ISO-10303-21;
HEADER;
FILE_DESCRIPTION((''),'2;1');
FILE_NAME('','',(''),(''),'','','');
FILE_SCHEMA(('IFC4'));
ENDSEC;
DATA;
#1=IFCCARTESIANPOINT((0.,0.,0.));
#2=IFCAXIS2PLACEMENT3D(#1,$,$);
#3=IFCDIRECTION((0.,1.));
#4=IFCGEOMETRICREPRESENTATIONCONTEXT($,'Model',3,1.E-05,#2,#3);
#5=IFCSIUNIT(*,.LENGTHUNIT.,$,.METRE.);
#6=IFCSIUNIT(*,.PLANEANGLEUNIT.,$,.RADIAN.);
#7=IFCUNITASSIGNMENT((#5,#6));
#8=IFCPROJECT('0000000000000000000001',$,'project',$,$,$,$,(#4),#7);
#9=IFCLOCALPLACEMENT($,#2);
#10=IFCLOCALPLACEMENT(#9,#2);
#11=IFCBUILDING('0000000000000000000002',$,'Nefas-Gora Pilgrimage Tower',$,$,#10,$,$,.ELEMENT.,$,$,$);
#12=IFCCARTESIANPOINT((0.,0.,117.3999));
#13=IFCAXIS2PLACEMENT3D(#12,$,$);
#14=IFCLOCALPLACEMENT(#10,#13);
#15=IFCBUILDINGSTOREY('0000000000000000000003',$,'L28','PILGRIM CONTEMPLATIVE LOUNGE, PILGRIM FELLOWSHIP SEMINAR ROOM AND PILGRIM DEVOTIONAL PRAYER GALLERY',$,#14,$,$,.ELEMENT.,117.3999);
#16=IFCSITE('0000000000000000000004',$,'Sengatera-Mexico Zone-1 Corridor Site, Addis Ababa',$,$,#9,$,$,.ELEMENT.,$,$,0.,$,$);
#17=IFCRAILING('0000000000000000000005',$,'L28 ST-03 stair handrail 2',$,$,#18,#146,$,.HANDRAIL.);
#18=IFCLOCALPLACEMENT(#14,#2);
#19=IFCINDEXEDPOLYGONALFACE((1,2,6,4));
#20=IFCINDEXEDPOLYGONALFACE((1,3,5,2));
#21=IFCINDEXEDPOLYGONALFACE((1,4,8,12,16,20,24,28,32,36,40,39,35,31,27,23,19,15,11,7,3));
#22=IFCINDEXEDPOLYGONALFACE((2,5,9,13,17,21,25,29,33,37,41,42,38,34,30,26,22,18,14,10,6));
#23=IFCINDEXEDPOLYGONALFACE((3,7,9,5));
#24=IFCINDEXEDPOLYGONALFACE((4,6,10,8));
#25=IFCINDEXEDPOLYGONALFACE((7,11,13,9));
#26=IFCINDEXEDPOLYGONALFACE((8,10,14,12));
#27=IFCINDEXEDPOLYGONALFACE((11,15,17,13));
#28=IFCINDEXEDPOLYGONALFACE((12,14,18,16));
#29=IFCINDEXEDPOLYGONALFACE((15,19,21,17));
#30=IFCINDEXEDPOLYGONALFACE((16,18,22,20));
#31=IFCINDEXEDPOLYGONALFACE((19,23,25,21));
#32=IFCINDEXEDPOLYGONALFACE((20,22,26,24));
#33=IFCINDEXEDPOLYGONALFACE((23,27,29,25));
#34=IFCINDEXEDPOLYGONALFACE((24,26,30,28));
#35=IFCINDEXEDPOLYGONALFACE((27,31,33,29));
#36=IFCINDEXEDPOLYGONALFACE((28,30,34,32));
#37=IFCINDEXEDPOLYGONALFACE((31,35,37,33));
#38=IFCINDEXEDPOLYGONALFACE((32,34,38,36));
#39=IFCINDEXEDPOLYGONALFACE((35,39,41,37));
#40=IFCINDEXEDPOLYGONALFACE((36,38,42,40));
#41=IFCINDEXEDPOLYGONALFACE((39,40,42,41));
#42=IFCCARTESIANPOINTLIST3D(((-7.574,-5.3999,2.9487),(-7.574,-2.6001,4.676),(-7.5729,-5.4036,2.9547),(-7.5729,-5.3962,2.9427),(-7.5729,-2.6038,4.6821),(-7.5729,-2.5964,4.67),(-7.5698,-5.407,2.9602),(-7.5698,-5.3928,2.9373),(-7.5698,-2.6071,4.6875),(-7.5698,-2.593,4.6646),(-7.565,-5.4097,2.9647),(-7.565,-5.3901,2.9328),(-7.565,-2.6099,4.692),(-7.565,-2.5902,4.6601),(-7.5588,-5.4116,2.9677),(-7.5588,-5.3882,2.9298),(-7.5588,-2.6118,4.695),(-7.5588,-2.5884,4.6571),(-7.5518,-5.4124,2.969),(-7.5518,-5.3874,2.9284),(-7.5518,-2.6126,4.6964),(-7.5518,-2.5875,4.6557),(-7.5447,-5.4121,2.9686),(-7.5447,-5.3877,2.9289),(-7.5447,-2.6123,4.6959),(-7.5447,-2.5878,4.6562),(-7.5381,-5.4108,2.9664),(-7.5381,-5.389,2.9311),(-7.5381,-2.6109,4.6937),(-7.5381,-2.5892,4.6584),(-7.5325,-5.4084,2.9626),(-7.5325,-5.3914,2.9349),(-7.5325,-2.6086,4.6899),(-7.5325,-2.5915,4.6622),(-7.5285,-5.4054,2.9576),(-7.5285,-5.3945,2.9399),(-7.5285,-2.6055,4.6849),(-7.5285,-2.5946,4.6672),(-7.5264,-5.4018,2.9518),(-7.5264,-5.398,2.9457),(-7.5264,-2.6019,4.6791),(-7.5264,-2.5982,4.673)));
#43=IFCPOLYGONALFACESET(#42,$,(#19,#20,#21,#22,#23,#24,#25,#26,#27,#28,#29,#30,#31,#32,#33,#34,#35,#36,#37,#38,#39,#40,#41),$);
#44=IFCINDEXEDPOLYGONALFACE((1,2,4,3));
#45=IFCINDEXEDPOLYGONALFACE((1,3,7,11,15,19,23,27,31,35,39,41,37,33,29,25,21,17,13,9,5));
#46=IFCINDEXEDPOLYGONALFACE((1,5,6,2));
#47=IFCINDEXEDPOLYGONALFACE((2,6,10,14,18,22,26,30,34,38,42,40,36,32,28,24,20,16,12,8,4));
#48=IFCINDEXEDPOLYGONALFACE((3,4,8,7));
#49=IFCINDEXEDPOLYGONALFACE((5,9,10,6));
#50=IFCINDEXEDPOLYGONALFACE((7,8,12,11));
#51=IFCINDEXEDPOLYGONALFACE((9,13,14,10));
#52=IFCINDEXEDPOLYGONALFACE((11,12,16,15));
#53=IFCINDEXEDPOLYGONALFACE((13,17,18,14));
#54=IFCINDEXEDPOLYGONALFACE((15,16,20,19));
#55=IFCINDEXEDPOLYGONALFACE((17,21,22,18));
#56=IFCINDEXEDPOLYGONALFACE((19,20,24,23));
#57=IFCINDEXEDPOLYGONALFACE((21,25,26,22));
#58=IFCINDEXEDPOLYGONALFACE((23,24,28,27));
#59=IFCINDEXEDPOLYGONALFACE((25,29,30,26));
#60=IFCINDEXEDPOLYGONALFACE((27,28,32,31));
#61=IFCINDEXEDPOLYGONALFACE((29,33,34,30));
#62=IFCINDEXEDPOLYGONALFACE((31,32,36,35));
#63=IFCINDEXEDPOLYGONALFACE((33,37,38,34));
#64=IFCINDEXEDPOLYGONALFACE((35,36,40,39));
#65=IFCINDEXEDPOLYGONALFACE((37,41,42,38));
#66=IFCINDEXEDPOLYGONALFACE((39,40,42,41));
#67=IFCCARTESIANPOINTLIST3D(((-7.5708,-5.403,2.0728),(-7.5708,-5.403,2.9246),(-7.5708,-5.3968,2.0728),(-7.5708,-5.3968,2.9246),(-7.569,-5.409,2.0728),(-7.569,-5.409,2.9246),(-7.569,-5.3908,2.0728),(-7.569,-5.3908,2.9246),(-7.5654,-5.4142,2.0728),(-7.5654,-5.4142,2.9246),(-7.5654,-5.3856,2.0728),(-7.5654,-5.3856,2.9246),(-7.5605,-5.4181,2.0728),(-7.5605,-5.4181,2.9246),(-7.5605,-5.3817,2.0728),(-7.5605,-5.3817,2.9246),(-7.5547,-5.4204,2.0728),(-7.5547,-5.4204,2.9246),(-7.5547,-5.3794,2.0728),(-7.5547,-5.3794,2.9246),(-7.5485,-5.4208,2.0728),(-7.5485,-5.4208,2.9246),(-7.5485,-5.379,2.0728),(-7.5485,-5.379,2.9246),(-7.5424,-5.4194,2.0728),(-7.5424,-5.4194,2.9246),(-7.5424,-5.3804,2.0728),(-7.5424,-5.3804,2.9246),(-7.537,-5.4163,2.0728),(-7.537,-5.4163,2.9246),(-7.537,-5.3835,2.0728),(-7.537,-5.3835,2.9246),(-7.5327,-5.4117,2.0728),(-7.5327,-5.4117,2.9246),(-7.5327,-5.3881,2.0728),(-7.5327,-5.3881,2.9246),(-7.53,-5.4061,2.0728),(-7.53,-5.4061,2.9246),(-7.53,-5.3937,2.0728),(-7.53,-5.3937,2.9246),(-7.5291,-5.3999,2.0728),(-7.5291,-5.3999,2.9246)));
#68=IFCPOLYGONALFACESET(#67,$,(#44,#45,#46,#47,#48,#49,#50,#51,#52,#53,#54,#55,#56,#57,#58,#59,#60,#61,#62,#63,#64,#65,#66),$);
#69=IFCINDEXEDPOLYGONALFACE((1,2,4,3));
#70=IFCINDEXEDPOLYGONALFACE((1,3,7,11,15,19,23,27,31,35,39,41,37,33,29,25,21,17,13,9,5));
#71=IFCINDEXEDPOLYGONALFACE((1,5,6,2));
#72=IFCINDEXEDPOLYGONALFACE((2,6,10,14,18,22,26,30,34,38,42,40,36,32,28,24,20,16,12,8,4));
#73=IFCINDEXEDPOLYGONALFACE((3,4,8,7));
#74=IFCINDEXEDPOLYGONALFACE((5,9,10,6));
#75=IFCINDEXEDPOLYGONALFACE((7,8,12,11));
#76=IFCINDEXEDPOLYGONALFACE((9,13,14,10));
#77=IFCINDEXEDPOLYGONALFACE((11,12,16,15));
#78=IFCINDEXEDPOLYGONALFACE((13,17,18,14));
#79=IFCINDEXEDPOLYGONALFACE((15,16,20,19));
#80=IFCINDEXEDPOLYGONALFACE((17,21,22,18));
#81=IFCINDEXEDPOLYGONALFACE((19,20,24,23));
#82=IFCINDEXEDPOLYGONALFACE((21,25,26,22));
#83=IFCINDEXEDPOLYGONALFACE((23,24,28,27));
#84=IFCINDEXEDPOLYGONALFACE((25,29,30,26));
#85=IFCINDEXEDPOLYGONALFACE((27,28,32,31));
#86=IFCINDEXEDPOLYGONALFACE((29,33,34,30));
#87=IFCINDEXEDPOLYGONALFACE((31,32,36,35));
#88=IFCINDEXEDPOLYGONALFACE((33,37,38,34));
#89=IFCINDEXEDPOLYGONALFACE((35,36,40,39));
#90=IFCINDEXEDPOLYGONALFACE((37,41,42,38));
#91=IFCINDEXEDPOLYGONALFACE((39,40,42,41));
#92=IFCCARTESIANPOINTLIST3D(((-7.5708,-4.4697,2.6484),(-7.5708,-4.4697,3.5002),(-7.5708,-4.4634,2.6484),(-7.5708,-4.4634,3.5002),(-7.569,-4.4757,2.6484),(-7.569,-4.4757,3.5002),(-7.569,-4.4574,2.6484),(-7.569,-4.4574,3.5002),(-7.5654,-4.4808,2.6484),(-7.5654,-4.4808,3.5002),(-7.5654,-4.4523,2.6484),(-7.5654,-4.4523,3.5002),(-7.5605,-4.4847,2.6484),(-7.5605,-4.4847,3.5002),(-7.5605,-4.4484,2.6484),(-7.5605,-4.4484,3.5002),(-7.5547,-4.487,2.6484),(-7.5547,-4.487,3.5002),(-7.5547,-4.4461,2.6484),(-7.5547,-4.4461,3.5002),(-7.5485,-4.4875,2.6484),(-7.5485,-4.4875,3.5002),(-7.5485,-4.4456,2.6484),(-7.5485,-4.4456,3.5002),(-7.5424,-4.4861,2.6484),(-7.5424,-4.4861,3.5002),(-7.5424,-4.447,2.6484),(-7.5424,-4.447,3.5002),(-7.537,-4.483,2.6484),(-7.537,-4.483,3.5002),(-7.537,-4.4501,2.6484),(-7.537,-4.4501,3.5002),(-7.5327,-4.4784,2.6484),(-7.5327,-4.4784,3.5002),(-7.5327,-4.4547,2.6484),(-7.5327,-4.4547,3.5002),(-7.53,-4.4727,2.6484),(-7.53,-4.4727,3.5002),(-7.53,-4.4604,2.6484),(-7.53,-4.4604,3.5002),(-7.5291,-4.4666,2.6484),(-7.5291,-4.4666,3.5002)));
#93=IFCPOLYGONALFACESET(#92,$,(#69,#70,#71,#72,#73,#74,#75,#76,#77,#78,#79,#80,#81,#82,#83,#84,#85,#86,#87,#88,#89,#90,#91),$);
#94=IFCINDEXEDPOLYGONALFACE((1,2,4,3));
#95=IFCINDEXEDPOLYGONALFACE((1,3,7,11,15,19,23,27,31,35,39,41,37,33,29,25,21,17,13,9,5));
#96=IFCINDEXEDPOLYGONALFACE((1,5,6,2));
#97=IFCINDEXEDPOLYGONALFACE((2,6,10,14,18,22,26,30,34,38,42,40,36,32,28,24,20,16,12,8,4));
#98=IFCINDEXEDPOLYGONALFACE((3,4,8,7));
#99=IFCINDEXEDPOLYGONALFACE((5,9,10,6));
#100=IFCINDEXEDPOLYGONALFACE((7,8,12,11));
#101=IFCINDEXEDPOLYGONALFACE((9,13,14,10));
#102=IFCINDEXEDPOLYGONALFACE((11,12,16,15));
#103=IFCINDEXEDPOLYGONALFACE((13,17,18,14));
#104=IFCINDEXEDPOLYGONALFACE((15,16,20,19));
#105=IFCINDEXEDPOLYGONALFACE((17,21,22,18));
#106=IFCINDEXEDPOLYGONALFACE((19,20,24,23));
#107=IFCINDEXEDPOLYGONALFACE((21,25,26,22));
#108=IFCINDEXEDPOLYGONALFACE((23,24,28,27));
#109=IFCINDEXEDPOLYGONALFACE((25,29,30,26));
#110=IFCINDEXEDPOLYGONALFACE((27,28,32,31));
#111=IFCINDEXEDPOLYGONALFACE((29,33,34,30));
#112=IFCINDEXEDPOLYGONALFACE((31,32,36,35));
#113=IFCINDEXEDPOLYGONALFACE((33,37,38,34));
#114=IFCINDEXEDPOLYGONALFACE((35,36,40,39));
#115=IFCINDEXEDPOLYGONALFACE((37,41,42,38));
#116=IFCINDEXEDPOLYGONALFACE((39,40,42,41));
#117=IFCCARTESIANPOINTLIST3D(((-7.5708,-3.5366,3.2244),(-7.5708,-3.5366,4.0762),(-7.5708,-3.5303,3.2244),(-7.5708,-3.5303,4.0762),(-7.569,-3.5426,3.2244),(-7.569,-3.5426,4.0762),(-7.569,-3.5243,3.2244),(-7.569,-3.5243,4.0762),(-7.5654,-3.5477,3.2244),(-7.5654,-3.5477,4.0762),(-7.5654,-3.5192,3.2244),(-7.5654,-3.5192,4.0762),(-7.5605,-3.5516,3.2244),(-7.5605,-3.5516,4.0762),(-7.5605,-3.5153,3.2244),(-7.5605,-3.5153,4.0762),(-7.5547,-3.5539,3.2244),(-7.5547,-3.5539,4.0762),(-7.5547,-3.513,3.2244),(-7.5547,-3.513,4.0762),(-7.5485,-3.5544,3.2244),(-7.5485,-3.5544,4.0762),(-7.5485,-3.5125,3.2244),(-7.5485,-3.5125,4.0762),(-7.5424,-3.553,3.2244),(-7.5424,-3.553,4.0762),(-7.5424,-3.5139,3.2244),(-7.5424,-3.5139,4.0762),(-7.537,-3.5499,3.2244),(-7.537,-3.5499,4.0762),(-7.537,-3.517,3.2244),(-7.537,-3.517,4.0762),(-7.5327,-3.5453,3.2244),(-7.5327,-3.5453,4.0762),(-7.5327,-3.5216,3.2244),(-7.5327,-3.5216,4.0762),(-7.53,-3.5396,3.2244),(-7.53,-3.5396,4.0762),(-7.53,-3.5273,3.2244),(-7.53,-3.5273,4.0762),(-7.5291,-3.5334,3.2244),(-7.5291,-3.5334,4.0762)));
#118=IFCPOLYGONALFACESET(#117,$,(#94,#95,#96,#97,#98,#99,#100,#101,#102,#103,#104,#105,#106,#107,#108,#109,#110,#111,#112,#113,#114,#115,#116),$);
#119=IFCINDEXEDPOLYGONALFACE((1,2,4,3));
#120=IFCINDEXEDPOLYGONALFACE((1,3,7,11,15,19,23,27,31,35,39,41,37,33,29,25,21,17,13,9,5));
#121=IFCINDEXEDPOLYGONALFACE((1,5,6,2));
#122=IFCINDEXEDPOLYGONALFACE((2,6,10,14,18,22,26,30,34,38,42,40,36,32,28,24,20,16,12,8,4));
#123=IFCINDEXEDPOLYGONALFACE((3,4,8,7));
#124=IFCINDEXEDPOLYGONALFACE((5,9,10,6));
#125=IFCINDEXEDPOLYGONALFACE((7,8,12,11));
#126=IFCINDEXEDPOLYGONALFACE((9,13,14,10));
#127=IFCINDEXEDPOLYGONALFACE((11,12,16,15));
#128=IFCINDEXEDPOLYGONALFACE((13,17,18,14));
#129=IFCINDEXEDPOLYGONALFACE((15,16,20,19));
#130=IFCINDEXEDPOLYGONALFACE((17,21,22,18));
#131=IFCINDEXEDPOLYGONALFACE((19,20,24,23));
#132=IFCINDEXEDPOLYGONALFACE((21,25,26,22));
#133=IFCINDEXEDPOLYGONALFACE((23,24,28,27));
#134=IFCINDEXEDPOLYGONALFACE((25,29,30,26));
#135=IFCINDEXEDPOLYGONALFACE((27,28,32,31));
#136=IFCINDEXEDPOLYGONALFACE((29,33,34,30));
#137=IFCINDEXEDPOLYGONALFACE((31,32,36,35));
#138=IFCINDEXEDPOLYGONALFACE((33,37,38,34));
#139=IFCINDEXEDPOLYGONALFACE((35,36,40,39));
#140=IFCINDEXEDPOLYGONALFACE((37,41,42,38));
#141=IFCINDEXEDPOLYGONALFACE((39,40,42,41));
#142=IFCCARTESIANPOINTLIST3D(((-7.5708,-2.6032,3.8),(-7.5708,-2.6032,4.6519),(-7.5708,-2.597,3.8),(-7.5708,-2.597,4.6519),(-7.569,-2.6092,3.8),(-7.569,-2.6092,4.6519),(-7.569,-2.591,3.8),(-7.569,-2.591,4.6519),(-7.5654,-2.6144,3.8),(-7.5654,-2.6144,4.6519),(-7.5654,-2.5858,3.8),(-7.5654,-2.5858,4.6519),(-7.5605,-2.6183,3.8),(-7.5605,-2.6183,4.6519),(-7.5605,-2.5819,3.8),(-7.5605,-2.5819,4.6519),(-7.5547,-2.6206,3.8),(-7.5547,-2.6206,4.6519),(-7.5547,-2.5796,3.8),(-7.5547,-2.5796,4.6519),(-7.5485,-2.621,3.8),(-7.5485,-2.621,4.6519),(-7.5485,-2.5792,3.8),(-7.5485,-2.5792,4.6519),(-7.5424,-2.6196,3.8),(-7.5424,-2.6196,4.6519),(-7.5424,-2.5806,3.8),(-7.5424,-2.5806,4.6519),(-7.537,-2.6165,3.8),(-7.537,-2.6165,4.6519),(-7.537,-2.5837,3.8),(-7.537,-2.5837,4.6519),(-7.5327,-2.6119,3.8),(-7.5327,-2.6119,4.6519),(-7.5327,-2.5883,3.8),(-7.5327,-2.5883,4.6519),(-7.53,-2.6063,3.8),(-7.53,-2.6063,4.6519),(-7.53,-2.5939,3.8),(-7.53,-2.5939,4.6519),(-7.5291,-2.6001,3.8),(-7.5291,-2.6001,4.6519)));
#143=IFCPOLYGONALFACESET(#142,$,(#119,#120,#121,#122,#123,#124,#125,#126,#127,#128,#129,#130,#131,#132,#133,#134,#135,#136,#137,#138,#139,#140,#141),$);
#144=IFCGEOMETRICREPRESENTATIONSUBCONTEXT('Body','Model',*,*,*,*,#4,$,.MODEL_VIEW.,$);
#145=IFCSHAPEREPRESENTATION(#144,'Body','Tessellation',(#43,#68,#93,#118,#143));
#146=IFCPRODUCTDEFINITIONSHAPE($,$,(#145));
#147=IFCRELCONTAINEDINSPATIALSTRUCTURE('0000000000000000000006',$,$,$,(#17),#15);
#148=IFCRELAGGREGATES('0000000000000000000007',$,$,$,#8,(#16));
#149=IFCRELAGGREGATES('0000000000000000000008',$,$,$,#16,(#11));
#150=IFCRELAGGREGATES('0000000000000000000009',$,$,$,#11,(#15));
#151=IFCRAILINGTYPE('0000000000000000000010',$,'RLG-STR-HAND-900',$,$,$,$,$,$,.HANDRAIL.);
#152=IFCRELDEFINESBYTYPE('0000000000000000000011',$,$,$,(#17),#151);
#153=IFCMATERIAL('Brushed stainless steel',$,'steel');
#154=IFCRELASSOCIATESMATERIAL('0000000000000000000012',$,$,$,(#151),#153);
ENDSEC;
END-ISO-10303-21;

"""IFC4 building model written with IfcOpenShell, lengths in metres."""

from ifc_helpers import new_model, si_unit, direction, frame, origin, origin_2d, place, context, subcontext, project, spatial, circle, extrude, material, type_object, element, save


model = new_model("IFC4")

# Units and contexts
model_context = context("Model", 3, precision=1e-05, world=origin(), true_north=direction((0.0, 1.0)))
body_context = subcontext(model_context, "Body", "Model", "MODEL_VIEW")
ifc_project = project(units=[si_unit("LENGTHUNIT", "METRE"), si_unit("PLANEANGLEUNIT", "RADIAN")], contexts=[model_context])

# Site, building, storey
site_placement = place(None, origin())
site = spatial("IfcSite", under=ifc_project, at=site_placement, Name="Sengatera-Mexico Zone-1 Corridor Site, Addis Ababa", CompositionType="ELEMENT", RefElevation=0.0)
building_placement = place(site_placement, origin())
building = spatial("IfcBuilding", under=site, at=building_placement, Name="Nefas-Gora Pilgrimage Tower", CompositionType="ELEMENT")
storey_placement = place(building_placement, frame((0.0, 0.0, 117.3999)))
storey = spatial("IfcBuildingStorey", under=building, at=storey_placement, Name="L28", Description="PILGRIM CONTEMPLATIVE LOUNGE, PILGRIM FELLOWSHIP SEMINAR ROOM AND PILGRIM DEVOTIONAL PRAYER GALLERY", CompositionType="ELEMENT", Elevation=117.3999)

# Railing
ifc_material_1 = material(Name="Brushed stainless steel", Category="steel")
railing_type_1 = type_object("IfcRailingType", Name="RLG-STR-HAND-900", PredefinedType="HANDRAIL", material=ifc_material_1)
railing_1_placement = place(storey_placement, frame((-7.55, -5.3999, 2.0728)))
element("IfcRailing", 1, at=railing_1_placement, inside=storey, type_object=railing_type_1, Name="L28 ST-03 stair handrail 2", PredefinedType="HANDRAIL", context=body_context, shape_type="SweptSolid", body=[
    extrude(circle(Radius=0.0239, at=origin_2d()), frame((0.0, 0.0, 0.876), z_axis=(0.0, 0.851069, 0.525054), x_axis=(-1.0, 0.0, 0.0)), (0.0, 0.0, 1.0), 3.2898),
    extrude(circle(Radius=0.021, at=origin_2d()), origin(), (0.0, 0.0, 1.0), 0.8518),
    extrude(circle(Radius=0.021, at=origin_2d()), frame((0.0, 0.9333, 0.5757)), (0.0, 0.0, 1.0), 0.8518),
    extrude(circle(Radius=0.021, at=origin_2d()), frame((0.0, 1.8665, 1.1516)), (0.0, 0.0, 1.0), 0.8518),
    extrude(circle(Radius=0.021, at=origin_2d()), frame((0.0, 2.7998, 1.7273)), (0.0, 0.0, 1.0), 0.8518),
])

save(model, "model.ifc")
